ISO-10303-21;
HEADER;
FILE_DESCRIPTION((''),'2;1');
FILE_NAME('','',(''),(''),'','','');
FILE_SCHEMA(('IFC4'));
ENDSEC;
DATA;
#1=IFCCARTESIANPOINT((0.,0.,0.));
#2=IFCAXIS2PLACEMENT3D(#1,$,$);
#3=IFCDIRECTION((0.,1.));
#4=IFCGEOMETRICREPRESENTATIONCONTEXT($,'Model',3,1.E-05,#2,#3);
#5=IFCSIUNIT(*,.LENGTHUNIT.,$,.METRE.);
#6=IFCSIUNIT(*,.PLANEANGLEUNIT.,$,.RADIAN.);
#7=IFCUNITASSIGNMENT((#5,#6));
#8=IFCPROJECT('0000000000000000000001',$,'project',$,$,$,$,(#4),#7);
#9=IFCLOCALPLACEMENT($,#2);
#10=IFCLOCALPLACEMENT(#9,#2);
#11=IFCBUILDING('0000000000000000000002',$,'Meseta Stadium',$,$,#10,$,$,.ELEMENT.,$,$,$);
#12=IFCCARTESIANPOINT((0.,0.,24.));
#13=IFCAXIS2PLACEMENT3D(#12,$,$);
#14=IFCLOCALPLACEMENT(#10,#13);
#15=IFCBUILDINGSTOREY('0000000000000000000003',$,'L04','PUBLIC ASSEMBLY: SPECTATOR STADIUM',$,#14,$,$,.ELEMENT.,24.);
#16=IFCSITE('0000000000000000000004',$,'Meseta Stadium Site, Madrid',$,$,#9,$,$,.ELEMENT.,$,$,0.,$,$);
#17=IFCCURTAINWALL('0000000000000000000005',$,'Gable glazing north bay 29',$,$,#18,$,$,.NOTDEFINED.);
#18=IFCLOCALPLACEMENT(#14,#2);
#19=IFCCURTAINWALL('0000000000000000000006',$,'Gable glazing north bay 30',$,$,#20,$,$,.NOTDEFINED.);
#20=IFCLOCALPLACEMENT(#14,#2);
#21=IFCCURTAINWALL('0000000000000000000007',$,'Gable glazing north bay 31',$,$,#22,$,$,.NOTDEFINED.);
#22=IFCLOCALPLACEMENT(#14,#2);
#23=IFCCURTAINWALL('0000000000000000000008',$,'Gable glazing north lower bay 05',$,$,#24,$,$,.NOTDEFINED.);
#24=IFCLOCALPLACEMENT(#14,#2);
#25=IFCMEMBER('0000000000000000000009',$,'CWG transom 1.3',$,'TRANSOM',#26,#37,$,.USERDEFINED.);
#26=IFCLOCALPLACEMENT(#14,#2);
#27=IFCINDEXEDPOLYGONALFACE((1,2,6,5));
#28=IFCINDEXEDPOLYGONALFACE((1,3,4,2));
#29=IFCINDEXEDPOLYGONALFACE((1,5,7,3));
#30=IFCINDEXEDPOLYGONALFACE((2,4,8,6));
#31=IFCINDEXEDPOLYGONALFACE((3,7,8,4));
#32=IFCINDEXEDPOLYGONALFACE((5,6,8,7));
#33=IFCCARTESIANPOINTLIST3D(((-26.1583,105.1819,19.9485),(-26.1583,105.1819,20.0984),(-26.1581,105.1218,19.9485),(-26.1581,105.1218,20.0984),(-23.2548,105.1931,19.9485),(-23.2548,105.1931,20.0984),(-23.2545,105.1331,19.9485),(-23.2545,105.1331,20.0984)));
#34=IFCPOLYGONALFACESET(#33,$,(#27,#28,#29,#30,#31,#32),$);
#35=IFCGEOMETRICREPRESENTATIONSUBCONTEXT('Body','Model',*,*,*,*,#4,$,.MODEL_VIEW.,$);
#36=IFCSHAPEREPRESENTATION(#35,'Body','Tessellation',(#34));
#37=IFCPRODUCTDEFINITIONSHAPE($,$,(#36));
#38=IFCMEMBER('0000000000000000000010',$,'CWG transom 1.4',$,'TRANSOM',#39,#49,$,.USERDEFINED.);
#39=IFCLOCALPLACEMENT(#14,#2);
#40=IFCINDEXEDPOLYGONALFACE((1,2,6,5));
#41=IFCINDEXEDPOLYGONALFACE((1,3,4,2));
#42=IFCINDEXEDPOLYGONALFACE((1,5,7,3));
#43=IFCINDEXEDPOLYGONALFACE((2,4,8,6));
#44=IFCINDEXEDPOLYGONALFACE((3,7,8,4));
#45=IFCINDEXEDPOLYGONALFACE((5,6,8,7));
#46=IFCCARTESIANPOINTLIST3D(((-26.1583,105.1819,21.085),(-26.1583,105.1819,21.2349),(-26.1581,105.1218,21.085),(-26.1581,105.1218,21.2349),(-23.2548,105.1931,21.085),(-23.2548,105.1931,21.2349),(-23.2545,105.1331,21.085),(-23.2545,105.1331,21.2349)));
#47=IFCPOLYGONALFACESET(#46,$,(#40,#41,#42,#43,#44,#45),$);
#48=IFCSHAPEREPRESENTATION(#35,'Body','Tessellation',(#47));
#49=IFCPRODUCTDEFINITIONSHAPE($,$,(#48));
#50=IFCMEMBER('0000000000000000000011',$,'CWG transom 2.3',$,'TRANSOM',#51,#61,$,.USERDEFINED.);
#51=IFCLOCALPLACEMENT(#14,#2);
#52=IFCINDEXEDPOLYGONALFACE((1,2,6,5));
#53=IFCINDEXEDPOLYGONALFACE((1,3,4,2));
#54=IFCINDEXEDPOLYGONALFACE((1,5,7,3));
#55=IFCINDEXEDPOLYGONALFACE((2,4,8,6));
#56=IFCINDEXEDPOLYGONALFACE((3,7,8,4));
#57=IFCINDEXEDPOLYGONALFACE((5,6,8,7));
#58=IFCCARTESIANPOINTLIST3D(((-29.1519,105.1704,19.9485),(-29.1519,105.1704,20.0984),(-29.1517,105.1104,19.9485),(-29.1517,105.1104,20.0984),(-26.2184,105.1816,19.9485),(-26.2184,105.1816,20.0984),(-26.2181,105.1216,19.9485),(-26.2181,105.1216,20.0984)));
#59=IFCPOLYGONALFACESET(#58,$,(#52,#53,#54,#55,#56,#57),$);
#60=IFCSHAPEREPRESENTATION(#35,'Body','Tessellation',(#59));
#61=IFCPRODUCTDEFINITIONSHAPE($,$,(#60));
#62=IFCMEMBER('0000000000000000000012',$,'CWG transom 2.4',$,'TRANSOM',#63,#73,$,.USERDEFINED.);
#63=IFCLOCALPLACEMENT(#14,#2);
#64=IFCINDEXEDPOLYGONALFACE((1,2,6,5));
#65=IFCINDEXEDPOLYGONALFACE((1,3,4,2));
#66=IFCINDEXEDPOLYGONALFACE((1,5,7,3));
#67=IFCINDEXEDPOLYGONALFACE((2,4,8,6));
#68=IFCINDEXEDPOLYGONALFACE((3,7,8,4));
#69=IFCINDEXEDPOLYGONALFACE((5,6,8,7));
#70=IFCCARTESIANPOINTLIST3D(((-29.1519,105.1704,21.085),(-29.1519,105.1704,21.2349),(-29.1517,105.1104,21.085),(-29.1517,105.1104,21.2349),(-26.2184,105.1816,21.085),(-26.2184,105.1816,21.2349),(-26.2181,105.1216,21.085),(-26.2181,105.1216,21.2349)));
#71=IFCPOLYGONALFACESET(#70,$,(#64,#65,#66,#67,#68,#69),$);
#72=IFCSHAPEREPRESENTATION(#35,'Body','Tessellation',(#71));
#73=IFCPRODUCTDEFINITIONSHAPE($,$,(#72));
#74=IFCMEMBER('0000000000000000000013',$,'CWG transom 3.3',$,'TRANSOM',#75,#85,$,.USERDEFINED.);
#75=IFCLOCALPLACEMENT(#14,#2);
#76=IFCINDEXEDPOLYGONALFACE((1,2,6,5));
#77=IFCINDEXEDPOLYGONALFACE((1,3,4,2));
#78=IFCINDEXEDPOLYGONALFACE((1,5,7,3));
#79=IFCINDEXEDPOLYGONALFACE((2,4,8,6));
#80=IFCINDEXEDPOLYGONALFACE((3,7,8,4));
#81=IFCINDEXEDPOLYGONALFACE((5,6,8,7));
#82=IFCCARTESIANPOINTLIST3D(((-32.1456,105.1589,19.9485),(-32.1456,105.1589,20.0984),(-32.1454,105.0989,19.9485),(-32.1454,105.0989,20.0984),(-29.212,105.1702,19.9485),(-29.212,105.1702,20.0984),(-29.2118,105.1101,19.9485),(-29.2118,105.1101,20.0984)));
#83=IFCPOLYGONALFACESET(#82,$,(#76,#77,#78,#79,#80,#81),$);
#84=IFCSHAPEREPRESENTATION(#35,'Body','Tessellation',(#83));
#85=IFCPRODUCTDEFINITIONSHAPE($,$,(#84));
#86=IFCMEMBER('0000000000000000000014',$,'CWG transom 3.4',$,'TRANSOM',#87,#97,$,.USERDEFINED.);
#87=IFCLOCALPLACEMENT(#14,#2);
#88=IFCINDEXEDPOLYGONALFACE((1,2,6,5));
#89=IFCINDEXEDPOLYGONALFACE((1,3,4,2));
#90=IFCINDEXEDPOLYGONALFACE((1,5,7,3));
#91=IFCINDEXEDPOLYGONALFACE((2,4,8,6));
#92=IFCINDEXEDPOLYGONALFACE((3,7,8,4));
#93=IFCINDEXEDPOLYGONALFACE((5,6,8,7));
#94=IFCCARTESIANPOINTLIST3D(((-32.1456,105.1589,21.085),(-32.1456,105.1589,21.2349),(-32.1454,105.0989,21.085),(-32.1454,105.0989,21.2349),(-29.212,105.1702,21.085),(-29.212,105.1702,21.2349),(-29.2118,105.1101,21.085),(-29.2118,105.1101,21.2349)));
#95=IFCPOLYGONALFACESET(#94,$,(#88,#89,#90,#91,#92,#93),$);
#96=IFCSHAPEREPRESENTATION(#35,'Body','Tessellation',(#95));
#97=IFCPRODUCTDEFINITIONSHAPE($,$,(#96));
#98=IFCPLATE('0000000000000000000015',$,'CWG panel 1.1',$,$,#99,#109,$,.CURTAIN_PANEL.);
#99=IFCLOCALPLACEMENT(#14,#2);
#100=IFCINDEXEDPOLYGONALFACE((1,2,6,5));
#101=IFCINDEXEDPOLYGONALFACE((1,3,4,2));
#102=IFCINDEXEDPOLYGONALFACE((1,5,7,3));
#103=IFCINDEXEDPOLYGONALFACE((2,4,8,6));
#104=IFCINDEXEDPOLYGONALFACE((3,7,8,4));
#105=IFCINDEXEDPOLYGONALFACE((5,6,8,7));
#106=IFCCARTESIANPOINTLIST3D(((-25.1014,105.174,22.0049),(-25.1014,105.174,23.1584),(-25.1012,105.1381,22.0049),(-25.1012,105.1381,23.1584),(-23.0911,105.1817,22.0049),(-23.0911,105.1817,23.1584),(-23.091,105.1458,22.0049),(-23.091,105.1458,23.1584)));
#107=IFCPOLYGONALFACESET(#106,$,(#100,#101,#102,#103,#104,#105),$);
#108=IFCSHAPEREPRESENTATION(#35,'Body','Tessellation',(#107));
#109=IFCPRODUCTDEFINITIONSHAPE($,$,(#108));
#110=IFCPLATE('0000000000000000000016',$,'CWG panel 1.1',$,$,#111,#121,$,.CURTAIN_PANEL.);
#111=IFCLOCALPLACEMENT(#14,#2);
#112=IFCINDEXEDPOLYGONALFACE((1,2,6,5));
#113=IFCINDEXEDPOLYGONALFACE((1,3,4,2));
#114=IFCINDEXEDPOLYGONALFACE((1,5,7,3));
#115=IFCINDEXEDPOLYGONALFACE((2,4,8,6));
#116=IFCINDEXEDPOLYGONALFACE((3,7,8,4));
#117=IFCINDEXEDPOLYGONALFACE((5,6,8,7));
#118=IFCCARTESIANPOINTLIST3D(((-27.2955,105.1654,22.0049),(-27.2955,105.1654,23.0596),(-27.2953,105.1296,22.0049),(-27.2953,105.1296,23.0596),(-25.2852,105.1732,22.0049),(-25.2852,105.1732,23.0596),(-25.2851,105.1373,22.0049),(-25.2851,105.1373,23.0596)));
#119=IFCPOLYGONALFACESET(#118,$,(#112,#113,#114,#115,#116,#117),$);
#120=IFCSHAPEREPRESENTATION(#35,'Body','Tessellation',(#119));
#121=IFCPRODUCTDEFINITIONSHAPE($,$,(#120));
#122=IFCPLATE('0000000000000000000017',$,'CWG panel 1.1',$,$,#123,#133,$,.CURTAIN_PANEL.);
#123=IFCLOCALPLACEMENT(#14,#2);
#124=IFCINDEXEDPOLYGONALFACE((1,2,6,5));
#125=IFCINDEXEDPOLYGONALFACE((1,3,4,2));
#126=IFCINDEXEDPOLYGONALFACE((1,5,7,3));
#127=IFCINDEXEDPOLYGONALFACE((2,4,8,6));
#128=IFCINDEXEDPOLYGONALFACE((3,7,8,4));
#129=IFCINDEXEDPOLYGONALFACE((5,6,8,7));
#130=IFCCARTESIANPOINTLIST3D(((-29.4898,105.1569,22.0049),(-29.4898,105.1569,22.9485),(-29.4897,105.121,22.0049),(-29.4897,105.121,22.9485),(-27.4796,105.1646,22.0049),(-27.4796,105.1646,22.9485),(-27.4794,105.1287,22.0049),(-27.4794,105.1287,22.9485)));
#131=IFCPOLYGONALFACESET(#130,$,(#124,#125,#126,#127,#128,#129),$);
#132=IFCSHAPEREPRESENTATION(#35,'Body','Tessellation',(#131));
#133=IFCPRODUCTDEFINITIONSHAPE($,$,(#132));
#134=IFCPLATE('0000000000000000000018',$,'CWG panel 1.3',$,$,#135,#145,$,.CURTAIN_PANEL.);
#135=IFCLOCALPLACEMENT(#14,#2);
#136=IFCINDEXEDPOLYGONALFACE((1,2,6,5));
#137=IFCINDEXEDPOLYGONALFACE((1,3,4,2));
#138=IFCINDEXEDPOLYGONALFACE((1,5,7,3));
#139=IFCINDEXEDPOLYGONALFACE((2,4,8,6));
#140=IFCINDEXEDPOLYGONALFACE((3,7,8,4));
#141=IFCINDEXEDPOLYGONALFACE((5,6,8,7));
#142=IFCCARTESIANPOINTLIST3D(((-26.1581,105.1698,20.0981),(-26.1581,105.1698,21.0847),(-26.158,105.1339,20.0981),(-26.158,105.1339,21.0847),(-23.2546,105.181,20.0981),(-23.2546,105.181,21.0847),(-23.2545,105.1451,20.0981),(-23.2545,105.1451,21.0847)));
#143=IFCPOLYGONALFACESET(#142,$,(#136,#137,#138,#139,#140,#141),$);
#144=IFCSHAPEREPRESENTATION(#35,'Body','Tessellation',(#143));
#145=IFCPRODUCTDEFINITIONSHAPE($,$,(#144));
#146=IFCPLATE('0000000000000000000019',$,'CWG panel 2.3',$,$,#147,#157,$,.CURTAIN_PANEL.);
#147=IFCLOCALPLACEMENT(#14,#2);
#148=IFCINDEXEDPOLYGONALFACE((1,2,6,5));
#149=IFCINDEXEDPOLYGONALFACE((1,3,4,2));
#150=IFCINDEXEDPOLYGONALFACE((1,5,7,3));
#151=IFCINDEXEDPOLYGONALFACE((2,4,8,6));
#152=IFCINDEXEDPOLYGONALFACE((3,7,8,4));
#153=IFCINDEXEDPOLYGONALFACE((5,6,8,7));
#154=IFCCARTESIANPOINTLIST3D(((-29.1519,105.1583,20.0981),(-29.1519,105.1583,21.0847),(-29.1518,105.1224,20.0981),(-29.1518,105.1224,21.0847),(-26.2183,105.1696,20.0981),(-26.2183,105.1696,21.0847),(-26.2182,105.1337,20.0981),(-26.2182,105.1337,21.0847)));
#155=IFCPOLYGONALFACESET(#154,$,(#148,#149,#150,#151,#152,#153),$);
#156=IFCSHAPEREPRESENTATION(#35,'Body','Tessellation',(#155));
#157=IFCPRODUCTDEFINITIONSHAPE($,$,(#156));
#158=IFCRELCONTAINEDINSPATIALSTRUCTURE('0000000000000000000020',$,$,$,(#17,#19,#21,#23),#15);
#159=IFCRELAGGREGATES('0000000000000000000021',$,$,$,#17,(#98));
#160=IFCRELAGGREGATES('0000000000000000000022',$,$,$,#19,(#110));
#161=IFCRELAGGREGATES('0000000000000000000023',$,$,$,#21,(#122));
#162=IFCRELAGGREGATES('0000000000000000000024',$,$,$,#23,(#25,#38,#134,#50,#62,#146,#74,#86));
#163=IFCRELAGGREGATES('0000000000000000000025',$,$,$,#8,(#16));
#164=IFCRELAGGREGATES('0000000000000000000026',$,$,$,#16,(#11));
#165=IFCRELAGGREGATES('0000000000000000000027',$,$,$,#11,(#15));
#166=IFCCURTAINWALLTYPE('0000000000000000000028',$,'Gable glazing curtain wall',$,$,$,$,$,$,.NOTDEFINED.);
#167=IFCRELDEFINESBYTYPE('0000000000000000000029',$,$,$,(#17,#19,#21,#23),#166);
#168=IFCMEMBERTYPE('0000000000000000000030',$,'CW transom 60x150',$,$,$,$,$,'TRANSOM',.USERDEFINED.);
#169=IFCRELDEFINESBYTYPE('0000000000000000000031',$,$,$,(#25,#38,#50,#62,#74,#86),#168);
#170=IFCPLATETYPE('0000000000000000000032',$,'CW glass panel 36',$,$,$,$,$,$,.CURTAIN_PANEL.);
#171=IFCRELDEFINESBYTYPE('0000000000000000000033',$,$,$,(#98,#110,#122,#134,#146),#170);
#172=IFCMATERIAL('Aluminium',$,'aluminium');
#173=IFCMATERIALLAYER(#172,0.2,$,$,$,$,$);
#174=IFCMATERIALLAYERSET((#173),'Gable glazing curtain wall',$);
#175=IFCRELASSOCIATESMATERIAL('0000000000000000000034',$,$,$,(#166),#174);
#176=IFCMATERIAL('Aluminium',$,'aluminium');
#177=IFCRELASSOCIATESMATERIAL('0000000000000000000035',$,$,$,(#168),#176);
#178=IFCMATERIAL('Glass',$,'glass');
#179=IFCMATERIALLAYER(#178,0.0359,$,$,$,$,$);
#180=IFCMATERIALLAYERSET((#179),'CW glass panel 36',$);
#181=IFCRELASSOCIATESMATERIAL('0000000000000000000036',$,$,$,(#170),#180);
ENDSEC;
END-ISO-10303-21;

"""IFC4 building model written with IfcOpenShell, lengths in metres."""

from ifc_helpers import new_model, si_unit, direction, frame, origin, origin_2d, place, context, subcontext, project, spatial, rectangle, extrude, material, layer, layer_set, material_profile, profile_set, type_object, element, aggregate, save


model = new_model("IFC4")

# Units and contexts
model_context = context("Model", 3, precision=1e-05, world=origin(), true_north=direction((0.0, 1.0)))
body_context = subcontext(model_context, "Body", "Model", "MODEL_VIEW")
ifc_project = project(units=[si_unit("LENGTHUNIT", "METRE"), si_unit("PLANEANGLEUNIT", "RADIAN")], contexts=[model_context])

# Site, building, storey
site_placement = place(None, origin())
site = spatial("IfcSite", under=ifc_project, at=site_placement, Name="Meseta Stadium Site, Madrid", CompositionType="ELEMENT", RefElevation=0.0)
building_placement = place(site_placement, origin())
building = spatial("IfcBuilding", under=site, at=building_placement, Name="Meseta Stadium", CompositionType="ELEMENT")
storey_placement = place(building_placement, frame((0.0, 0.0, 24.0)))
storey = spatial("IfcBuildingStorey", under=building, at=storey_placement, Name="L04", Description="PUBLIC ASSEMBLY: SPECTATOR STADIUM", CompositionType="ELEMENT", Elevation=24.0)

# Shared definitions
ifc_material_1 = material(Name="Aluminium", Category="aluminium")
ifc_layer_1 = layer(ifc_material_1, 0.2)
ifc_layer_set_1 = layer_set([ifc_layer_1], Name="Gable glazing curtain wall")
curtain_wall_type = type_object("IfcCurtainWallType", Name="Gable glazing curtain wall", PredefinedType="NOTDEFINED", material=ifc_layer_set_1)

# Curtain walls
curtain_wall_1_placement = place(storey_placement, origin())
curtain_wall_1 = element("IfcCurtainWall", 1, at=curtain_wall_1_placement, inside=storey, type_object=curtain_wall_type, Name="Gable glazing north bay 29", PredefinedType="NOTDEFINED")
curtain_wall_2_placement = place(storey_placement, origin())
curtain_wall_2 = element("IfcCurtainWall", 2, at=curtain_wall_2_placement, inside=storey, type_object=curtain_wall_type, Name="Gable glazing north bay 30", PredefinedType="NOTDEFINED")
curtain_wall_3_placement = place(storey_placement, origin())
curtain_wall_3 = element("IfcCurtainWall", 3, at=curtain_wall_3_placement, inside=storey, type_object=curtain_wall_type, Name="Gable glazing north bay 31", PredefinedType="NOTDEFINED")

# Shared definitions
ifc_material_2 = material(Name="Aluminium", Category="aluminium")
ifc_material_profile_1 = material_profile(ifc_material_2, rectangle(XDim=0.0601, YDim=0.1499, at=origin_2d()), Name="CW 60x150")
ifc_profile_set_1 = profile_set([ifc_material_profile_1], Name="Aluminium")
member_type_1 = type_object("IfcMemberType", Name="CW transom 60x150", ElementType="TRANSOM", PredefinedType="USERDEFINED", material=ifc_profile_set_1)

# Curtain wall, members
curtain_wall_4_placement = place(storey_placement, origin())
curtain_wall_4 = element("IfcCurtainWall", 4, at=curtain_wall_4_placement, inside=storey, type_object=curtain_wall_type, Name="Gable glazing north lower bay 05", PredefinedType="NOTDEFINED")
member_1_placement = place(storey_placement, frame((-23.2546, 105.1631, 20.0234), z_axis=(-0.999993, -0.003868, 0.0), x_axis=(0.003868, -0.999993, 0.0)))
member_1 = element("IfcMember", 5, at=member_1_placement, type_object=member_type_1, Name="CWG transom 1.3", ObjectType="TRANSOM", PredefinedType="USERDEFINED", context=body_context, shape_type="SweptSolid", body=[
    extrude(rectangle(XDim=0.0601, YDim=0.1499, at=origin_2d()), origin(), (0.0, 0.0, 1.0), 2.9036),
])
member_2_placement = place(storey_placement, frame((-23.2546, 105.1631, 21.1599), z_axis=(-0.999993, -0.003868, 0.0), x_axis=(0.003868, -0.999993, 0.0)))
member_2 = element("IfcMember", 6, at=member_2_placement, type_object=member_type_1, Name="CWG transom 1.4", ObjectType="TRANSOM", PredefinedType="USERDEFINED", context=body_context, shape_type="SweptSolid", body=[
    extrude(rectangle(XDim=0.0601, YDim=0.1499, at=origin_2d()), origin(), (0.0, 0.0, 1.0), 2.9036),
])
member_3_placement = place(storey_placement, frame((-26.2183, 105.1516, 20.0234), z_axis=(-0.999993, -0.003828, 0.0), x_axis=(0.003828, -0.999993, 0.0)))
member_3 = element("IfcMember", 7, at=member_3_placement, type_object=member_type_1, Name="CWG transom 2.3", ObjectType="TRANSOM", PredefinedType="USERDEFINED", context=body_context, shape_type="SweptSolid", body=[
    extrude(rectangle(XDim=0.0601, YDim=0.1499, at=origin_2d()), origin(), (0.0, 0.0, 1.0), 2.9336),
])
member_4_placement = place(storey_placement, frame((-26.2183, 105.1516, 21.1599), z_axis=(-0.999993, -0.003828, 0.0), x_axis=(0.003828, -0.999993, 0.0)))
member_4 = element("IfcMember", 8, at=member_4_placement, type_object=member_type_1, Name="CWG transom 2.4", ObjectType="TRANSOM", PredefinedType="USERDEFINED", context=body_context, shape_type="SweptSolid", body=[
    extrude(rectangle(XDim=0.0601, YDim=0.1499, at=origin_2d()), origin(), (0.0, 0.0, 1.0), 2.9336),
])
member_5_placement = place(storey_placement, frame((-29.2119, 105.1401, 20.0234), z_axis=(-0.999993, -0.003828, 0.0), x_axis=(0.003828, -0.999993, 0.0)))
member_5 = element("IfcMember", 9, at=member_5_placement, type_object=member_type_1, Name="CWG transom 3.3", ObjectType="TRANSOM", PredefinedType="USERDEFINED", context=body_context, shape_type="SweptSolid", body=[
    extrude(rectangle(XDim=0.0601, YDim=0.1499, at=origin_2d()), origin(), (0.0, 0.0, 1.0), 2.9336),
])
member_6_placement = place(storey_placement, frame((-29.2119, 105.1401, 21.1599), z_axis=(-0.999993, -0.003828, 0.0), x_axis=(0.003828, -0.999993, 0.0)))
member_6 = element("IfcMember", 10, at=member_6_placement, type_object=member_type_1, Name="CWG transom 3.4", ObjectType="TRANSOM", PredefinedType="USERDEFINED", context=body_context, shape_type="SweptSolid", body=[
    extrude(rectangle(XDim=0.0601, YDim=0.1499, at=origin_2d()), origin(), (0.0, 0.0, 1.0), 2.9336),
])

# Plates
ifc_material_3 = material(Name="Glass", Category="glass")
ifc_layer_2 = layer(ifc_material_3, 0.0359)
ifc_layer_set_2 = layer_set([ifc_layer_2], Name="CW glass panel 36")
plate_type = type_object("IfcPlateType", Name="CW glass panel 36", PredefinedType="CURTAIN_PANEL", material=ifc_layer_set_2)
plate_1_placement = place(storey_placement, frame((-24.0962, 105.1599, 22.0049), z_axis=(0.0, 0.0, 1.0), x_axis=(-0.999993, -0.003848, 0.0)))
plate_1 = element("IfcPlate", 11, at=plate_1_placement, type_object=plate_type, Name="CWG panel 1.1", PredefinedType="CURTAIN_PANEL", context=body_context, shape_type="SweptSolid", body=[
    extrude(rectangle(XDim=2.0103, YDim=0.0359, at=origin_2d()), origin(), (0.0, 0.0, 1.0), 1.1536),
])
aggregate(curtain_wall_1, [plate_1])
plate_2_placement = place(storey_placement, frame((-26.2903, 105.1514, 22.0049), z_axis=(0.0, 0.0, 1.0), x_axis=(-0.999993, -0.003848, 0.0)))
plate_2 = element("IfcPlate", 12, at=plate_2_placement, type_object=plate_type, Name="CWG panel 1.1", PredefinedType="CURTAIN_PANEL", context=body_context, shape_type="SweptSolid", body=[
    extrude(rectangle(XDim=2.0103, YDim=0.0359, at=origin_2d()), origin(), (0.0, 0.0, 1.0), 1.0547),
])
aggregate(curtain_wall_2, [plate_2])
plate_3_placement = place(storey_placement, frame((-28.4846, 105.1428, 22.0049), z_axis=(0.0, 0.0, 1.0), x_axis=(-0.999993, -0.003848, 0.0)))
plate_3 = element("IfcPlate", 13, at=plate_3_placement, type_object=plate_type, Name="CWG panel 1.1", PredefinedType="CURTAIN_PANEL", context=body_context, shape_type="SweptSolid", body=[
    extrude(rectangle(XDim=2.0103, YDim=0.0359, at=origin_2d()), origin(), (0.0, 0.0, 1.0), 0.9436),
])
aggregate(curtain_wall_3, [plate_3])
plate_4_placement = place(storey_placement, frame((-24.7063, 105.1575, 20.0981), z_axis=(0.0, 0.0, 1.0), x_axis=(-0.999993, -0.003848, 0.0)))
plate_4 = element("IfcPlate", 14, at=plate_4_placement, type_object=plate_type, Name="CWG panel 1.3", PredefinedType="CURTAIN_PANEL", context=body_context, shape_type="SweptSolid", body=[
    extrude(rectangle(XDim=2.9036, YDim=0.0359, at=origin_2d()), origin(), (0.0, 0.0, 1.0), 0.9866),
])
plate_5_placement = place(storey_placement, frame((-27.6851, 105.146, 20.0981), z_axis=(0.0, 0.0, 1.0), x_axis=(-0.999993, -0.003848, 0.0)))
plate_5 = element("IfcPlate", 15, at=plate_5_placement, type_object=plate_type, Name="CWG panel 2.3", PredefinedType="CURTAIN_PANEL", context=body_context, shape_type="SweptSolid", body=[
    extrude(rectangle(XDim=2.9336, YDim=0.0359, at=origin_2d()), origin(), (0.0, 0.0, 1.0), 0.9866),
])
aggregate(curtain_wall_4, [member_1, member_2, plate_4, member_3, member_4, plate_5, member_5, member_6])

save(model, "model.ifc")
